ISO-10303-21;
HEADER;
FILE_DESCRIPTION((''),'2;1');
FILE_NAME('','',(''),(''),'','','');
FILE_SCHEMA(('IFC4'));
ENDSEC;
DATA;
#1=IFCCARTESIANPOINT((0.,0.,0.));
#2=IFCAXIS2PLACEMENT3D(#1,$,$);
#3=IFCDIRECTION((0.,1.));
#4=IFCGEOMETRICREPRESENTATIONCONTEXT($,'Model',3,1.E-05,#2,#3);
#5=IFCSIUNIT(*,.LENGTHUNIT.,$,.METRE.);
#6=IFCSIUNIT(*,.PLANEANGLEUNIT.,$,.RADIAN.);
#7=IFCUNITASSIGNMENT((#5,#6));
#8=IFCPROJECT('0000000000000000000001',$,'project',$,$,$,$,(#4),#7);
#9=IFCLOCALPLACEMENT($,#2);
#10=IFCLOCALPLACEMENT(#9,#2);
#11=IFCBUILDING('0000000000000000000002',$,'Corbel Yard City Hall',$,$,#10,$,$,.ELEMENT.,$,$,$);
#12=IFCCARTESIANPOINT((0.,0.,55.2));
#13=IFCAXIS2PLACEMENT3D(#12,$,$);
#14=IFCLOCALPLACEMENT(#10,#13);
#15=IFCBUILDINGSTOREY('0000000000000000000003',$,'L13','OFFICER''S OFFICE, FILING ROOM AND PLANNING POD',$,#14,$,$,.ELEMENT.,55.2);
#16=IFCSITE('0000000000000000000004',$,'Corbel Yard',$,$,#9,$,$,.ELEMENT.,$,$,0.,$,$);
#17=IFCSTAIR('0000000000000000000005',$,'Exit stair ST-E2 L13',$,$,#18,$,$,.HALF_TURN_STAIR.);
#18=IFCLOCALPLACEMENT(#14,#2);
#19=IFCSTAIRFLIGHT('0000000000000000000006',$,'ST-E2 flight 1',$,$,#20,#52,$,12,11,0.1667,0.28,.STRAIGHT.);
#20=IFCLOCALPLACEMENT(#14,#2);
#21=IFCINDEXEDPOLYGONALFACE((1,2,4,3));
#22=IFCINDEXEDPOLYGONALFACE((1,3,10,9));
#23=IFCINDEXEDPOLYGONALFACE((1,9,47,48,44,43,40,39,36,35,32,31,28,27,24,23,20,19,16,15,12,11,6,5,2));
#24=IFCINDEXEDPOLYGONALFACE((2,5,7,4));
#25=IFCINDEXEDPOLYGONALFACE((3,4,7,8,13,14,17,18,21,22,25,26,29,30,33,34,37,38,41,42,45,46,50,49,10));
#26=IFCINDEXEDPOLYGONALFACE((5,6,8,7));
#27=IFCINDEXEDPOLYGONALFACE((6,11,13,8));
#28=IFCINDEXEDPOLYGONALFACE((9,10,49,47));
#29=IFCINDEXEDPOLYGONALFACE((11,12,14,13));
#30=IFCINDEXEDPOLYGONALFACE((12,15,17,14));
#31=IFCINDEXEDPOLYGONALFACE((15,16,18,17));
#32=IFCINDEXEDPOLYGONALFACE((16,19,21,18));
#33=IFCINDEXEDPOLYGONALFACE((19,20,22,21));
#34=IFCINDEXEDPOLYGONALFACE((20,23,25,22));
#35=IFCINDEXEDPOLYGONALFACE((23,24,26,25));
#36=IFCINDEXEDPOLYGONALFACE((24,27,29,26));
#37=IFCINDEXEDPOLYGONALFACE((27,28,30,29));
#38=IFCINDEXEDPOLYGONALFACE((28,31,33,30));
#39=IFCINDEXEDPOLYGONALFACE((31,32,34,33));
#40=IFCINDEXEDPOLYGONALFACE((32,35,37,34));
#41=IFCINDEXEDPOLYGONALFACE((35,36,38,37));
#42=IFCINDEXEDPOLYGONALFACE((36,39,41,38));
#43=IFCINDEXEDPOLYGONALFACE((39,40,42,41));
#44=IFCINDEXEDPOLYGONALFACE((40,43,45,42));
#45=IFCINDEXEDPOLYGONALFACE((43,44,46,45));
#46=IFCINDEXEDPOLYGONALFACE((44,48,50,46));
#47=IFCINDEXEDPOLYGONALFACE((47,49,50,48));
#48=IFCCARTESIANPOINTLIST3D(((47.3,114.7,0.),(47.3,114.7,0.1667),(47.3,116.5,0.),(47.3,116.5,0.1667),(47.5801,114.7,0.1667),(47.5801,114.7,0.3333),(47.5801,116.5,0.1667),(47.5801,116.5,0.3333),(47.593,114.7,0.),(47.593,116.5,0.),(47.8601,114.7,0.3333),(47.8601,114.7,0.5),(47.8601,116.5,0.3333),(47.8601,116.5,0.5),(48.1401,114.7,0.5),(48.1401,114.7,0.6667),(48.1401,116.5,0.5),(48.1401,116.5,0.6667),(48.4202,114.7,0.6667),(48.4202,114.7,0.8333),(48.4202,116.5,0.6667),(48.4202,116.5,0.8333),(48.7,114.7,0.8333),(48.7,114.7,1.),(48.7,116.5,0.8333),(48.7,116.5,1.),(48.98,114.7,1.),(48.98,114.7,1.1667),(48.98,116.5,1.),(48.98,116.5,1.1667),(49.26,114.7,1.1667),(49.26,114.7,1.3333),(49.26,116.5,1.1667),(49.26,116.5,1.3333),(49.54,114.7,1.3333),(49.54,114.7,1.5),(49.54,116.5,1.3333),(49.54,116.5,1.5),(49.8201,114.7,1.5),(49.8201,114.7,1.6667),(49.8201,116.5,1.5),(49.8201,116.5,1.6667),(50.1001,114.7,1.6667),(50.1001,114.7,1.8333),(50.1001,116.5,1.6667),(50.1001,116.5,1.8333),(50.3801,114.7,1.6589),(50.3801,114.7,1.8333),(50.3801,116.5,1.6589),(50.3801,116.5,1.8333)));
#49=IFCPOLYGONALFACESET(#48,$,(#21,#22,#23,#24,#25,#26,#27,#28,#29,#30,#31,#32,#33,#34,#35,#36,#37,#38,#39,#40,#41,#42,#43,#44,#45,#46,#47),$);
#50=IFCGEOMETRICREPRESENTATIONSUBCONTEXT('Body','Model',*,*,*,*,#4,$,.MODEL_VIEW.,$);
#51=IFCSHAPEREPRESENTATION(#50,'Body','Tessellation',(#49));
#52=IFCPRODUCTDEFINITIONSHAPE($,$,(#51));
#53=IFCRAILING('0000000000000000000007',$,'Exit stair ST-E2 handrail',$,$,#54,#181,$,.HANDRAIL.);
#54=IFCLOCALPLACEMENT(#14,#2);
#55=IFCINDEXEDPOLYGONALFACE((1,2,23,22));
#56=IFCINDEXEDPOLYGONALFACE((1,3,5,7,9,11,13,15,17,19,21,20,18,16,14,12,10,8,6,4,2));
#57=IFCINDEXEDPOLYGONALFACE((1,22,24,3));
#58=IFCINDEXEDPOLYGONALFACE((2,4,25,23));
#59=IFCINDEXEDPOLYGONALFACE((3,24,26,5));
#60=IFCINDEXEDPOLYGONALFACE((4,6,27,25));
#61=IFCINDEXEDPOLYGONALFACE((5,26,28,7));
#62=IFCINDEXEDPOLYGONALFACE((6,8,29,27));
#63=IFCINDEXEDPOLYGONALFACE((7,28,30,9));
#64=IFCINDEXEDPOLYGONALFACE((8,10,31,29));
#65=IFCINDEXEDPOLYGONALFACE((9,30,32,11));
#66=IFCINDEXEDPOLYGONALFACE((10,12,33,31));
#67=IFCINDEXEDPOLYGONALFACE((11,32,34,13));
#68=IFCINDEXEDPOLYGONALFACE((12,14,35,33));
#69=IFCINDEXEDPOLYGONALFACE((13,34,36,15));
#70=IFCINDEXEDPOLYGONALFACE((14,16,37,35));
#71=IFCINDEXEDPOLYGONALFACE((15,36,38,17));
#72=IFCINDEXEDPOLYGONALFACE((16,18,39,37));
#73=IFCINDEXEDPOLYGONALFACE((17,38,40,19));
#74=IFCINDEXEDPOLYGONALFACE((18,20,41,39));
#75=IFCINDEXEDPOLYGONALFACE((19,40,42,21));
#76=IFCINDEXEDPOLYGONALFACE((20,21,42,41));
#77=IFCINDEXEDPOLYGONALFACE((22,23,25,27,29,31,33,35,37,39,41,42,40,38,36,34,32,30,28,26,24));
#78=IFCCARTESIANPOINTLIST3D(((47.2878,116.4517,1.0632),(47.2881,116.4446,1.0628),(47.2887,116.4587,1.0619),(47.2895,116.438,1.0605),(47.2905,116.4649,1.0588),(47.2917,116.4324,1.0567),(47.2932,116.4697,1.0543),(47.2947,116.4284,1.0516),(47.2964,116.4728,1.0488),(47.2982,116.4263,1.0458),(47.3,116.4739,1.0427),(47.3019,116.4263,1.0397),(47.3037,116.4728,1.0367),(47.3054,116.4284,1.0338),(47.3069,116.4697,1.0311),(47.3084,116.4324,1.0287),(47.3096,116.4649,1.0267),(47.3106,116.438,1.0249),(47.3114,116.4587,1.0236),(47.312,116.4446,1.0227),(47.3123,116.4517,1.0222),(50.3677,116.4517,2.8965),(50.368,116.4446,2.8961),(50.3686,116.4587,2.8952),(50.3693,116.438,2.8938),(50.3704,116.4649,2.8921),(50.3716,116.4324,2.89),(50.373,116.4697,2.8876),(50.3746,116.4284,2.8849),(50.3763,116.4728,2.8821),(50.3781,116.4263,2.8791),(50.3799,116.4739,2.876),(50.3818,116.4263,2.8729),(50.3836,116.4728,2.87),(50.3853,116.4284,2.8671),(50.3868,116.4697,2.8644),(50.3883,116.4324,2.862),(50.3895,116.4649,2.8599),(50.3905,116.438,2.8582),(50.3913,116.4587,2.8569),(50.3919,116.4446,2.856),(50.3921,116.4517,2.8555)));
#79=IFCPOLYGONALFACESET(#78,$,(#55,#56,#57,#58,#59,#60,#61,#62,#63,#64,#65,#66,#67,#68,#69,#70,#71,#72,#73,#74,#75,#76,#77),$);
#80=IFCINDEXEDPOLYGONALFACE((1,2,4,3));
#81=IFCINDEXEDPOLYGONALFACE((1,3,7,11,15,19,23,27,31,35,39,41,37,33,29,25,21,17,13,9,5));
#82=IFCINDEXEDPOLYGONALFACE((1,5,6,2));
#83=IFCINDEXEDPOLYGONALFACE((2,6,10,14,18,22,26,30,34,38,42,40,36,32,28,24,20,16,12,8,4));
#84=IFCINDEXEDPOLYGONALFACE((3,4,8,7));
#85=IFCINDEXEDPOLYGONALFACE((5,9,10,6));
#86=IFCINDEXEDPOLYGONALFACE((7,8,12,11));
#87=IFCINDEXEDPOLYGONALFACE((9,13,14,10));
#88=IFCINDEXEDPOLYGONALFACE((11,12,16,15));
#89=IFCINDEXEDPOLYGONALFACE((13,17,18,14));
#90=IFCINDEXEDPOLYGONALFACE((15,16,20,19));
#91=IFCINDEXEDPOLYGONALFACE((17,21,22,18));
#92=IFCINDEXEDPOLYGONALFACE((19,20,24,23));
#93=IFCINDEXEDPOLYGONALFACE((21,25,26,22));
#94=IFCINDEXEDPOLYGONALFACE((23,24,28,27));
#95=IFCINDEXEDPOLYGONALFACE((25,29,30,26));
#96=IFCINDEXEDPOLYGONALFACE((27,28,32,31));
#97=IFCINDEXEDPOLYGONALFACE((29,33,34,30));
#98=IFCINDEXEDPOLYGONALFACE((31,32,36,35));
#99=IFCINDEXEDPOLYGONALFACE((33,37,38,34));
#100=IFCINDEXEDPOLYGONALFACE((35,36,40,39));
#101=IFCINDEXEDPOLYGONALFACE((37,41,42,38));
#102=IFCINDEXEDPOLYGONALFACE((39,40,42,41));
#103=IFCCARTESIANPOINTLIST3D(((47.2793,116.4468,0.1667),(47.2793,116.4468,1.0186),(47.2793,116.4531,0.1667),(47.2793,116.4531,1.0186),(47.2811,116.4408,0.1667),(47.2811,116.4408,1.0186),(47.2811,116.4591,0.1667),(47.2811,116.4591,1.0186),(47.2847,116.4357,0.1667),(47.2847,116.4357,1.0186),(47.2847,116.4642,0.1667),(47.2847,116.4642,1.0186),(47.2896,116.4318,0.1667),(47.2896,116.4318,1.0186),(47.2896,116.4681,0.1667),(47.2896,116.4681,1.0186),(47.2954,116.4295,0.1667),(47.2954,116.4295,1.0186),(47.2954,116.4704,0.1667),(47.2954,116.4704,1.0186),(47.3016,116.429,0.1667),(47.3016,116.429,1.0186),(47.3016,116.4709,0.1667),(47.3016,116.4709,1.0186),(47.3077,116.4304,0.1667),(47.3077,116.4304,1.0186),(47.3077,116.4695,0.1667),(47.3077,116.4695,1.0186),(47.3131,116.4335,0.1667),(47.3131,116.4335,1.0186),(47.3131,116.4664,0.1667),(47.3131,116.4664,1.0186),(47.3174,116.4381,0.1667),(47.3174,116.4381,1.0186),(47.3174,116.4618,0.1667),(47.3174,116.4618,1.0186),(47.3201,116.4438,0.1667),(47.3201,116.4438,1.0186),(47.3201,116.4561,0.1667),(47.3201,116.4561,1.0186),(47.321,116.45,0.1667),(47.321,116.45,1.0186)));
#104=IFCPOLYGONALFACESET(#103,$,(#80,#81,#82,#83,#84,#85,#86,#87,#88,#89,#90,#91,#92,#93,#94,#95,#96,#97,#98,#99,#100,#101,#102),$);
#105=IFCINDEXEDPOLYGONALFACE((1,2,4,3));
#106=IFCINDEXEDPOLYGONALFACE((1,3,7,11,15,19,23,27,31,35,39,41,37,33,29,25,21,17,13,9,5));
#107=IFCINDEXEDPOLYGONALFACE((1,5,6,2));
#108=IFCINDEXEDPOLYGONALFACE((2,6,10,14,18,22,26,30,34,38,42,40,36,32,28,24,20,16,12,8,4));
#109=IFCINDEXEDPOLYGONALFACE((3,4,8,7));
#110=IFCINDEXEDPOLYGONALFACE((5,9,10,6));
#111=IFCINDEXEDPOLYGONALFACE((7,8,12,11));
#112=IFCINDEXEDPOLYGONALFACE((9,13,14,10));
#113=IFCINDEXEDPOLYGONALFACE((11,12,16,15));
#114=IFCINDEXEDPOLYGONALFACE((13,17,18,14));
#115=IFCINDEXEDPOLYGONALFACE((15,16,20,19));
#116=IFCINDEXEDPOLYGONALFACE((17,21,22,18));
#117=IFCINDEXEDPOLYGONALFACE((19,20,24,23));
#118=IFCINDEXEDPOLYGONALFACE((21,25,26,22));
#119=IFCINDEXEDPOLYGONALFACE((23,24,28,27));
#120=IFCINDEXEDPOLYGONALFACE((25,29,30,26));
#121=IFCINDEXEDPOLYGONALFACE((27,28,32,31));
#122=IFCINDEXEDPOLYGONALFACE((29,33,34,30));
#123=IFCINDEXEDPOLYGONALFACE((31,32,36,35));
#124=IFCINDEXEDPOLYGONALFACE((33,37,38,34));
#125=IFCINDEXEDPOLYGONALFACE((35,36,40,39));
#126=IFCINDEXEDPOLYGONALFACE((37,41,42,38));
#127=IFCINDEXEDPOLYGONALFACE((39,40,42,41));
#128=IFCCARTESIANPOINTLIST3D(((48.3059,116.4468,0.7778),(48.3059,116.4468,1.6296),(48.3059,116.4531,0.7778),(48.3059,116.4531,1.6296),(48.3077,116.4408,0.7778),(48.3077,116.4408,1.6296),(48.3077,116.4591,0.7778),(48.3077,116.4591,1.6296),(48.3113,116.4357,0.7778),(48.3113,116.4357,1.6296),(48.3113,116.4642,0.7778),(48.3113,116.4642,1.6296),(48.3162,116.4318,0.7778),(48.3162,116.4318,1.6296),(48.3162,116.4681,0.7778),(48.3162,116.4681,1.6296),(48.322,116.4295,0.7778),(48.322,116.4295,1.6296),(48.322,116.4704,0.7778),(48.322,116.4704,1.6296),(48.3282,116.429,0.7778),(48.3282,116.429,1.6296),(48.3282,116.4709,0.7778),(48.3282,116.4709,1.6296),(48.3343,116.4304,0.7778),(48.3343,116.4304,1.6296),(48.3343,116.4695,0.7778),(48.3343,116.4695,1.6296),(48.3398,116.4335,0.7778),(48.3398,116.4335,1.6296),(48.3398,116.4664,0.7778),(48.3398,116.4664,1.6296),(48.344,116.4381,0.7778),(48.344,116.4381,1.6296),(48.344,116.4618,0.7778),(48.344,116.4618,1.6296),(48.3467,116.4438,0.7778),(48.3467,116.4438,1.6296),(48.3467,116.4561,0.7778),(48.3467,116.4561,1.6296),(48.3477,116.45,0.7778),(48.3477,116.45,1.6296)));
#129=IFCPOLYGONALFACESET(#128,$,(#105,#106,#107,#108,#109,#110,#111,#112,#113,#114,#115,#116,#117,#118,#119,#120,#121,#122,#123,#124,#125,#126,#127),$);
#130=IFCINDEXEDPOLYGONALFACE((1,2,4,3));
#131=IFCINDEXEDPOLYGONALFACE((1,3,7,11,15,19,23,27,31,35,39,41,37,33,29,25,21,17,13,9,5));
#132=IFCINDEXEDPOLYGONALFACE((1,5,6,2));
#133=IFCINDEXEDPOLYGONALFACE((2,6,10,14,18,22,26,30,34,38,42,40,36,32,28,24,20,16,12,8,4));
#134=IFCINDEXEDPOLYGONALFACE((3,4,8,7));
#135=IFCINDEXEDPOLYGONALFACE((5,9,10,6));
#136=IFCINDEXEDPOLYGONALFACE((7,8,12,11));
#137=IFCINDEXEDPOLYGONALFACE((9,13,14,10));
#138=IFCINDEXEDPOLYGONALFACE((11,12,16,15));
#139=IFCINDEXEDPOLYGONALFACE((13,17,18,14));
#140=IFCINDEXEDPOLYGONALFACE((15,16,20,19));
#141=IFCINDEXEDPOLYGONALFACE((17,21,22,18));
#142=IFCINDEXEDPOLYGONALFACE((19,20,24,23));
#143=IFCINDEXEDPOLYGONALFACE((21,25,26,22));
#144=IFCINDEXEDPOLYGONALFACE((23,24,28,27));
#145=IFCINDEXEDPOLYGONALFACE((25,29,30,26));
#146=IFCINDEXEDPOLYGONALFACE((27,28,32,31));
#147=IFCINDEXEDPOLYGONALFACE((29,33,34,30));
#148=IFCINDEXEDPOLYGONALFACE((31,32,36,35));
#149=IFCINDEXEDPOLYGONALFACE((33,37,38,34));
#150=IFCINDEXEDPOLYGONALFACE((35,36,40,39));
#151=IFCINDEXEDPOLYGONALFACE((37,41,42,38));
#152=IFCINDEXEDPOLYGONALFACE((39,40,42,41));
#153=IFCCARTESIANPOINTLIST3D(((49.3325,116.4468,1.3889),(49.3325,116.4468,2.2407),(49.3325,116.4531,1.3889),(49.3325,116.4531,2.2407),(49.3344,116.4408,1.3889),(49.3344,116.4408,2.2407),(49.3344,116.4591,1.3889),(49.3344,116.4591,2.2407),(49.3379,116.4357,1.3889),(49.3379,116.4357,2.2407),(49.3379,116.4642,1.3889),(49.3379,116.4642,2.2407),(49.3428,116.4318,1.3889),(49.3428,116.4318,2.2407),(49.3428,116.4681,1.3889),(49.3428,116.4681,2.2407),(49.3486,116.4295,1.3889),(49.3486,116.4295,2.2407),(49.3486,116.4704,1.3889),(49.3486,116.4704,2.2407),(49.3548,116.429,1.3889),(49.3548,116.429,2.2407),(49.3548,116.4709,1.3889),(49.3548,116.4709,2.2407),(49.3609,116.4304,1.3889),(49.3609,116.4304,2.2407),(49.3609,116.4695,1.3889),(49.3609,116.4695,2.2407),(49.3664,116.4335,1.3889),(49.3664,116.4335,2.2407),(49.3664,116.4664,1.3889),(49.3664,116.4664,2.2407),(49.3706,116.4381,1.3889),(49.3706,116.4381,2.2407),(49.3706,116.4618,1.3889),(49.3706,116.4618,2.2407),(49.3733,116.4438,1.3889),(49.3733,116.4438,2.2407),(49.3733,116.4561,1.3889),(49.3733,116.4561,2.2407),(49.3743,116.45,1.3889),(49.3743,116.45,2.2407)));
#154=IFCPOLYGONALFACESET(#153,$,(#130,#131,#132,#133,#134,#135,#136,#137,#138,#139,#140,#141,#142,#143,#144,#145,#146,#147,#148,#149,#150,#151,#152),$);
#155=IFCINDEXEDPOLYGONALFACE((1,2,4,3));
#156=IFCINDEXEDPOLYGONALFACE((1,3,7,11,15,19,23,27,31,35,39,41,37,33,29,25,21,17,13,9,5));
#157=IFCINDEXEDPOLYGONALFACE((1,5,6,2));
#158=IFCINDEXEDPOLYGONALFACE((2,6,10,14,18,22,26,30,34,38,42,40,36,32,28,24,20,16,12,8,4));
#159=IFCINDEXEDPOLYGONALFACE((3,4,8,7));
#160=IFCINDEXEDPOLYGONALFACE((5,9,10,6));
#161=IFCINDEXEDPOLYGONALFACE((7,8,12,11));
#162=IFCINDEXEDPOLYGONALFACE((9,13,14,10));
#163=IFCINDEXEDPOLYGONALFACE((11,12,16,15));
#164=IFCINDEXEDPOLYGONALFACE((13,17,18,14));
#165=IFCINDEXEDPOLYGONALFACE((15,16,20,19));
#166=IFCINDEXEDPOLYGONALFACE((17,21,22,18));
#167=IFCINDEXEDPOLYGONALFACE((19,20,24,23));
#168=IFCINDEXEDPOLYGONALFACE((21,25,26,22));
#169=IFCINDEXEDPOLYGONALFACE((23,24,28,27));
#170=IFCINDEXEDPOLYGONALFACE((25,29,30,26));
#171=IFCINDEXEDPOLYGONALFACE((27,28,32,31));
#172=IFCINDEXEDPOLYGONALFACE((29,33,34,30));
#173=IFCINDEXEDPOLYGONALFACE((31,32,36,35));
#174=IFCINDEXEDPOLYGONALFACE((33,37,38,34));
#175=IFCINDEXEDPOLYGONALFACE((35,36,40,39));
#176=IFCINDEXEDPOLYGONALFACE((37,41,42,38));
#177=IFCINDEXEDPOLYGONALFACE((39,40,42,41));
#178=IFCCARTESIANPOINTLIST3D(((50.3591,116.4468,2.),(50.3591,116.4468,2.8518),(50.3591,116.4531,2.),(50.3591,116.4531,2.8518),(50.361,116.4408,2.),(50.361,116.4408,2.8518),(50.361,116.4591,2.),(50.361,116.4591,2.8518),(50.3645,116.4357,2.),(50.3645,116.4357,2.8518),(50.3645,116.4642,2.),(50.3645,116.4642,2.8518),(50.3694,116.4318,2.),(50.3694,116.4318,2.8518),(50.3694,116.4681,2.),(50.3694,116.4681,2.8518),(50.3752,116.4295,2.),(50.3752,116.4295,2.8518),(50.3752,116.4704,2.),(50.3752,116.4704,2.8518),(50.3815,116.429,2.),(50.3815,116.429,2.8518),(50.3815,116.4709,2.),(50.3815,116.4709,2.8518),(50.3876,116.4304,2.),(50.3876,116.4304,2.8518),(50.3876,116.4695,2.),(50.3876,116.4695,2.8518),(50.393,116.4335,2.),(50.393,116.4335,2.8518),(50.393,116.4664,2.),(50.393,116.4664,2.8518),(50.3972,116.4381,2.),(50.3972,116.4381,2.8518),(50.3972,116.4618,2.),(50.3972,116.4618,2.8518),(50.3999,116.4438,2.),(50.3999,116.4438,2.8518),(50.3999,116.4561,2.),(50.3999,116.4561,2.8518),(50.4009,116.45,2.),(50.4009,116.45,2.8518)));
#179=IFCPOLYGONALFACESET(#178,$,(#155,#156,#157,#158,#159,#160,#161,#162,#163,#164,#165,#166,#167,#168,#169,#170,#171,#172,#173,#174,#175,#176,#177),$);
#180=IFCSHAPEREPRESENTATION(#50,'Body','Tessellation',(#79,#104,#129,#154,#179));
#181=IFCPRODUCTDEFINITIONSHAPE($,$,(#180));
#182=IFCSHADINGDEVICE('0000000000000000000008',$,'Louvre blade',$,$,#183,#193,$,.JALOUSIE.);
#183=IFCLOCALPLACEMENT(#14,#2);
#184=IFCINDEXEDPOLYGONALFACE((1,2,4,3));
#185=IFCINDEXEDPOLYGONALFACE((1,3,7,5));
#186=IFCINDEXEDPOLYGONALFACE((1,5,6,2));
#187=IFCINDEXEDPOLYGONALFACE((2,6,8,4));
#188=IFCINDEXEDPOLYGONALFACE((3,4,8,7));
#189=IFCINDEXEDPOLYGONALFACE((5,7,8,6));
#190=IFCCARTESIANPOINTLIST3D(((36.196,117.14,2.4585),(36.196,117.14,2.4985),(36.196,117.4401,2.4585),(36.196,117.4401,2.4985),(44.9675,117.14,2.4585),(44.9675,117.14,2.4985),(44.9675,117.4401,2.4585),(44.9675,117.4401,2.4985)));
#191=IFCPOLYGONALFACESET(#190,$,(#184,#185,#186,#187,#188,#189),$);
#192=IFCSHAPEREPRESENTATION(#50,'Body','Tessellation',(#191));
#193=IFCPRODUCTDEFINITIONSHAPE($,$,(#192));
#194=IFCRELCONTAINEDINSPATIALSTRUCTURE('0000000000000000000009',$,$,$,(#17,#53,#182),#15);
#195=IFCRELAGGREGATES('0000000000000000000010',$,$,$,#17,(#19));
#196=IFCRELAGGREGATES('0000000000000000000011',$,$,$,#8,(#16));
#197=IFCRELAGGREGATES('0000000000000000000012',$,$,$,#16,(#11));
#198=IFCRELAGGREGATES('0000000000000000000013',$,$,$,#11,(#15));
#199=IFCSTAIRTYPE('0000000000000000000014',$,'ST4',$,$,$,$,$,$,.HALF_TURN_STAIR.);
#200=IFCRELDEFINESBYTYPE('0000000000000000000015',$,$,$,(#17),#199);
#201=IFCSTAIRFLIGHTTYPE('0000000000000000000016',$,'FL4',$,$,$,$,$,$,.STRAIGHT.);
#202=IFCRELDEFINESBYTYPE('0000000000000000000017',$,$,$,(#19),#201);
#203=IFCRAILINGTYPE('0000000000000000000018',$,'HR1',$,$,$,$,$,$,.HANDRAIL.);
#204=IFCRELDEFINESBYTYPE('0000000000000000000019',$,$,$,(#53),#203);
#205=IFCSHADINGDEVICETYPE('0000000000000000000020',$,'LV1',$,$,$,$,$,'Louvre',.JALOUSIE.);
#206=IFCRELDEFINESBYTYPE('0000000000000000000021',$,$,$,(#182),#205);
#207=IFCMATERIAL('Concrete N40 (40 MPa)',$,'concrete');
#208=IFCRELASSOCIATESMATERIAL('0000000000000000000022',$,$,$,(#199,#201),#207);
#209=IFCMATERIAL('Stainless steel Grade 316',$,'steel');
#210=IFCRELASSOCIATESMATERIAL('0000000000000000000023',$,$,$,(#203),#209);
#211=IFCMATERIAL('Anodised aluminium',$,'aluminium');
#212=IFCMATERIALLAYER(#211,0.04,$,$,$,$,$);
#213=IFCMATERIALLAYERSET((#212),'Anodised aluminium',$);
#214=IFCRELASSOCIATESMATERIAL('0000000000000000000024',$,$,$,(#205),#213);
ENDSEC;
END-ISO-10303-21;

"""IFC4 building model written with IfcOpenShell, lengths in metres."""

from ifc_helpers import new_model, si_unit, direction, frame, origin, origin_2d, place, context, subcontext, project, spatial, polyline, rectangle, circle, outline, extrude, material, layer, layer_set, type_object, element, aggregate, save


model = new_model("IFC4")

# Units and contexts
model_context = context("Model", 3, precision=1e-05, world=origin(), true_north=direction((0.0, 1.0)))
body_context = subcontext(model_context, "Body", "Model", "MODEL_VIEW")
ifc_project = project(units=[si_unit("LENGTHUNIT", "METRE"), si_unit("PLANEANGLEUNIT", "RADIAN")], contexts=[model_context])

# Site, building, storey
site_placement = place(None, origin())
site = spatial("IfcSite", under=ifc_project, at=site_placement, Name="Corbel Yard", CompositionType="ELEMENT", RefElevation=0.0)
building_placement = place(site_placement, origin())
building = spatial("IfcBuilding", under=site, at=building_placement, Name="Corbel Yard City Hall", CompositionType="ELEMENT")
storey_placement = place(building_placement, frame((0.0, 0.0, 55.2)))
storey = spatial("IfcBuildingStorey", under=building, at=storey_placement, Name="L13", Description="OFFICER'S OFFICE, FILING ROOM AND PLANNING POD", CompositionType="ELEMENT", Elevation=55.2)

# Stair, stair flight
ifc_material_1 = material(Name="Concrete N40 (40 MPa)", Category="concrete")
stair_type = type_object("IfcStairType", Name="ST4", PredefinedType="HALF_TURN_STAIR", material=ifc_material_1)
stair_placement = place(storey_placement, origin())
stair = element("IfcStair", 1, at=stair_placement, inside=storey, type_object=stair_type, Name="Exit stair ST-E2 L13", PredefinedType="HALF_TURN_STAIR")
stair_flight_type = type_object("IfcStairFlightType", Name="FL4", PredefinedType="STRAIGHT", material=ifc_material_1)
stair_flight_placement = place(storey_placement, frame((47.3, 115.6001, 0.0), z_axis=(0.0, 0.0, 1.0), x_axis=(1.0, 0.0, 0.0)))
stair_flight = element("IfcStairFlight", 2, at=stair_flight_placement, type_object=stair_flight_type, Name="ST-E2 flight 1", NumberOfRisers=12, NumberOfTreads=11, PredefinedType="STRAIGHT", RiserHeight=0.1667, TreadLength=0.28, context=body_context, shape_type="SweptSolid", body=[
    extrude(outline(polyline([(0.0, 0.0), (0.0, 0.1667), (0.28, 0.1667), (0.28, 0.3333), (0.5601, 0.3333), (0.5601, 0.5), (0.8401, 0.5), (0.8401, 0.6667), (1.1201, 0.6667), (1.1201, 0.8333), (1.3999, 0.8333), (1.3999, 1.0), (1.6799, 1.0), (1.6799, 1.1667), (1.96, 1.1667), (1.96, 1.3333), (2.24, 1.3333), (2.24, 1.5), (2.52, 1.5), (2.52, 1.6667), (2.8, 1.6667), (2.8, 1.8333), (3.0801, 1.8333), (3.0801, 2.0), (3.0801, 1.6589), (0.293, 0.0), (0.0, 0.0)])), frame((0.0, 0.8999, 0.0), z_axis=(0.0, -1.0, 0.0), x_axis=(1.0, 0.0, 0.0)), (0.0, 0.0, 1.0), 1.8),
])
aggregate(stair, [stair_flight])

# Railing
ifc_material_2 = material(Name="Stainless steel Grade 316", Category="steel")
railing_type = type_object("IfcRailingType", Name="HR1", PredefinedType="HANDRAIL", material=ifc_material_2)
railing_placement = place(storey_placement, frame((47.3, 116.45, 0.1667)))
element("IfcRailing", 3, at=railing_placement, inside=storey, type_object=railing_type, Name="Exit stair ST-E2 handrail", PredefinedType="HANDRAIL", context=body_context, shape_type="SweptSolid", body=[
    extrude(circle(Radius=0.0239, at=origin_2d()), frame((0.0, 0.0, 0.876), z_axis=(0.859291, 0.0, 0.511487), x_axis=(0.0, 1.0, 0.0)), (0.0, 0.0, 1.0), 3.5842),
    extrude(circle(Radius=0.021, at=origin_2d()), origin(), (0.0, 0.0, 1.0), 0.8518),
    extrude(circle(Radius=0.021, at=origin_2d()), frame((1.0266, 0.0, 0.6111)), (0.0, 0.0, 1.0), 0.8518),
    extrude(circle(Radius=0.021, at=origin_2d()), frame((2.0532, 0.0, 1.2222)), (0.0, 0.0, 1.0), 0.8518),
    extrude(circle(Radius=0.021, at=origin_2d()), frame((3.0798, 0.0, 1.8333)), (0.0, 0.0, 1.0), 0.8518),
])

# Shading device
ifc_material_3 = material(Name="Anodised aluminium", Category="aluminium")
ifc_layer_1 = layer(ifc_material_3, 0.04)
ifc_layer_set_1 = layer_set([ifc_layer_1], Name="Anodised aluminium")
shading_device_type = type_object("IfcShadingDeviceType", Name="LV1", ElementType="Louvre", PredefinedType="JALOUSIE", material=ifc_layer_set_1)
shading_device_placement = place(storey_placement, frame((40.5818, 117.29, 2.4585), z_axis=(0.0, 0.0, 1.0), x_axis=(1.0, 0.0, 0.0)))
element("IfcShadingDevice", 4, at=shading_device_placement, inside=storey, type_object=shading_device_type, Name="Louvre blade", PredefinedType="JALOUSIE", context=body_context, shape_type="SweptSolid", body=[
    extrude(rectangle(XDim=8.7715, YDim=0.3, at=origin_2d()), origin(), (0.0, 0.0, 1.0), 0.04),
])

save(model, "model.ifc")
